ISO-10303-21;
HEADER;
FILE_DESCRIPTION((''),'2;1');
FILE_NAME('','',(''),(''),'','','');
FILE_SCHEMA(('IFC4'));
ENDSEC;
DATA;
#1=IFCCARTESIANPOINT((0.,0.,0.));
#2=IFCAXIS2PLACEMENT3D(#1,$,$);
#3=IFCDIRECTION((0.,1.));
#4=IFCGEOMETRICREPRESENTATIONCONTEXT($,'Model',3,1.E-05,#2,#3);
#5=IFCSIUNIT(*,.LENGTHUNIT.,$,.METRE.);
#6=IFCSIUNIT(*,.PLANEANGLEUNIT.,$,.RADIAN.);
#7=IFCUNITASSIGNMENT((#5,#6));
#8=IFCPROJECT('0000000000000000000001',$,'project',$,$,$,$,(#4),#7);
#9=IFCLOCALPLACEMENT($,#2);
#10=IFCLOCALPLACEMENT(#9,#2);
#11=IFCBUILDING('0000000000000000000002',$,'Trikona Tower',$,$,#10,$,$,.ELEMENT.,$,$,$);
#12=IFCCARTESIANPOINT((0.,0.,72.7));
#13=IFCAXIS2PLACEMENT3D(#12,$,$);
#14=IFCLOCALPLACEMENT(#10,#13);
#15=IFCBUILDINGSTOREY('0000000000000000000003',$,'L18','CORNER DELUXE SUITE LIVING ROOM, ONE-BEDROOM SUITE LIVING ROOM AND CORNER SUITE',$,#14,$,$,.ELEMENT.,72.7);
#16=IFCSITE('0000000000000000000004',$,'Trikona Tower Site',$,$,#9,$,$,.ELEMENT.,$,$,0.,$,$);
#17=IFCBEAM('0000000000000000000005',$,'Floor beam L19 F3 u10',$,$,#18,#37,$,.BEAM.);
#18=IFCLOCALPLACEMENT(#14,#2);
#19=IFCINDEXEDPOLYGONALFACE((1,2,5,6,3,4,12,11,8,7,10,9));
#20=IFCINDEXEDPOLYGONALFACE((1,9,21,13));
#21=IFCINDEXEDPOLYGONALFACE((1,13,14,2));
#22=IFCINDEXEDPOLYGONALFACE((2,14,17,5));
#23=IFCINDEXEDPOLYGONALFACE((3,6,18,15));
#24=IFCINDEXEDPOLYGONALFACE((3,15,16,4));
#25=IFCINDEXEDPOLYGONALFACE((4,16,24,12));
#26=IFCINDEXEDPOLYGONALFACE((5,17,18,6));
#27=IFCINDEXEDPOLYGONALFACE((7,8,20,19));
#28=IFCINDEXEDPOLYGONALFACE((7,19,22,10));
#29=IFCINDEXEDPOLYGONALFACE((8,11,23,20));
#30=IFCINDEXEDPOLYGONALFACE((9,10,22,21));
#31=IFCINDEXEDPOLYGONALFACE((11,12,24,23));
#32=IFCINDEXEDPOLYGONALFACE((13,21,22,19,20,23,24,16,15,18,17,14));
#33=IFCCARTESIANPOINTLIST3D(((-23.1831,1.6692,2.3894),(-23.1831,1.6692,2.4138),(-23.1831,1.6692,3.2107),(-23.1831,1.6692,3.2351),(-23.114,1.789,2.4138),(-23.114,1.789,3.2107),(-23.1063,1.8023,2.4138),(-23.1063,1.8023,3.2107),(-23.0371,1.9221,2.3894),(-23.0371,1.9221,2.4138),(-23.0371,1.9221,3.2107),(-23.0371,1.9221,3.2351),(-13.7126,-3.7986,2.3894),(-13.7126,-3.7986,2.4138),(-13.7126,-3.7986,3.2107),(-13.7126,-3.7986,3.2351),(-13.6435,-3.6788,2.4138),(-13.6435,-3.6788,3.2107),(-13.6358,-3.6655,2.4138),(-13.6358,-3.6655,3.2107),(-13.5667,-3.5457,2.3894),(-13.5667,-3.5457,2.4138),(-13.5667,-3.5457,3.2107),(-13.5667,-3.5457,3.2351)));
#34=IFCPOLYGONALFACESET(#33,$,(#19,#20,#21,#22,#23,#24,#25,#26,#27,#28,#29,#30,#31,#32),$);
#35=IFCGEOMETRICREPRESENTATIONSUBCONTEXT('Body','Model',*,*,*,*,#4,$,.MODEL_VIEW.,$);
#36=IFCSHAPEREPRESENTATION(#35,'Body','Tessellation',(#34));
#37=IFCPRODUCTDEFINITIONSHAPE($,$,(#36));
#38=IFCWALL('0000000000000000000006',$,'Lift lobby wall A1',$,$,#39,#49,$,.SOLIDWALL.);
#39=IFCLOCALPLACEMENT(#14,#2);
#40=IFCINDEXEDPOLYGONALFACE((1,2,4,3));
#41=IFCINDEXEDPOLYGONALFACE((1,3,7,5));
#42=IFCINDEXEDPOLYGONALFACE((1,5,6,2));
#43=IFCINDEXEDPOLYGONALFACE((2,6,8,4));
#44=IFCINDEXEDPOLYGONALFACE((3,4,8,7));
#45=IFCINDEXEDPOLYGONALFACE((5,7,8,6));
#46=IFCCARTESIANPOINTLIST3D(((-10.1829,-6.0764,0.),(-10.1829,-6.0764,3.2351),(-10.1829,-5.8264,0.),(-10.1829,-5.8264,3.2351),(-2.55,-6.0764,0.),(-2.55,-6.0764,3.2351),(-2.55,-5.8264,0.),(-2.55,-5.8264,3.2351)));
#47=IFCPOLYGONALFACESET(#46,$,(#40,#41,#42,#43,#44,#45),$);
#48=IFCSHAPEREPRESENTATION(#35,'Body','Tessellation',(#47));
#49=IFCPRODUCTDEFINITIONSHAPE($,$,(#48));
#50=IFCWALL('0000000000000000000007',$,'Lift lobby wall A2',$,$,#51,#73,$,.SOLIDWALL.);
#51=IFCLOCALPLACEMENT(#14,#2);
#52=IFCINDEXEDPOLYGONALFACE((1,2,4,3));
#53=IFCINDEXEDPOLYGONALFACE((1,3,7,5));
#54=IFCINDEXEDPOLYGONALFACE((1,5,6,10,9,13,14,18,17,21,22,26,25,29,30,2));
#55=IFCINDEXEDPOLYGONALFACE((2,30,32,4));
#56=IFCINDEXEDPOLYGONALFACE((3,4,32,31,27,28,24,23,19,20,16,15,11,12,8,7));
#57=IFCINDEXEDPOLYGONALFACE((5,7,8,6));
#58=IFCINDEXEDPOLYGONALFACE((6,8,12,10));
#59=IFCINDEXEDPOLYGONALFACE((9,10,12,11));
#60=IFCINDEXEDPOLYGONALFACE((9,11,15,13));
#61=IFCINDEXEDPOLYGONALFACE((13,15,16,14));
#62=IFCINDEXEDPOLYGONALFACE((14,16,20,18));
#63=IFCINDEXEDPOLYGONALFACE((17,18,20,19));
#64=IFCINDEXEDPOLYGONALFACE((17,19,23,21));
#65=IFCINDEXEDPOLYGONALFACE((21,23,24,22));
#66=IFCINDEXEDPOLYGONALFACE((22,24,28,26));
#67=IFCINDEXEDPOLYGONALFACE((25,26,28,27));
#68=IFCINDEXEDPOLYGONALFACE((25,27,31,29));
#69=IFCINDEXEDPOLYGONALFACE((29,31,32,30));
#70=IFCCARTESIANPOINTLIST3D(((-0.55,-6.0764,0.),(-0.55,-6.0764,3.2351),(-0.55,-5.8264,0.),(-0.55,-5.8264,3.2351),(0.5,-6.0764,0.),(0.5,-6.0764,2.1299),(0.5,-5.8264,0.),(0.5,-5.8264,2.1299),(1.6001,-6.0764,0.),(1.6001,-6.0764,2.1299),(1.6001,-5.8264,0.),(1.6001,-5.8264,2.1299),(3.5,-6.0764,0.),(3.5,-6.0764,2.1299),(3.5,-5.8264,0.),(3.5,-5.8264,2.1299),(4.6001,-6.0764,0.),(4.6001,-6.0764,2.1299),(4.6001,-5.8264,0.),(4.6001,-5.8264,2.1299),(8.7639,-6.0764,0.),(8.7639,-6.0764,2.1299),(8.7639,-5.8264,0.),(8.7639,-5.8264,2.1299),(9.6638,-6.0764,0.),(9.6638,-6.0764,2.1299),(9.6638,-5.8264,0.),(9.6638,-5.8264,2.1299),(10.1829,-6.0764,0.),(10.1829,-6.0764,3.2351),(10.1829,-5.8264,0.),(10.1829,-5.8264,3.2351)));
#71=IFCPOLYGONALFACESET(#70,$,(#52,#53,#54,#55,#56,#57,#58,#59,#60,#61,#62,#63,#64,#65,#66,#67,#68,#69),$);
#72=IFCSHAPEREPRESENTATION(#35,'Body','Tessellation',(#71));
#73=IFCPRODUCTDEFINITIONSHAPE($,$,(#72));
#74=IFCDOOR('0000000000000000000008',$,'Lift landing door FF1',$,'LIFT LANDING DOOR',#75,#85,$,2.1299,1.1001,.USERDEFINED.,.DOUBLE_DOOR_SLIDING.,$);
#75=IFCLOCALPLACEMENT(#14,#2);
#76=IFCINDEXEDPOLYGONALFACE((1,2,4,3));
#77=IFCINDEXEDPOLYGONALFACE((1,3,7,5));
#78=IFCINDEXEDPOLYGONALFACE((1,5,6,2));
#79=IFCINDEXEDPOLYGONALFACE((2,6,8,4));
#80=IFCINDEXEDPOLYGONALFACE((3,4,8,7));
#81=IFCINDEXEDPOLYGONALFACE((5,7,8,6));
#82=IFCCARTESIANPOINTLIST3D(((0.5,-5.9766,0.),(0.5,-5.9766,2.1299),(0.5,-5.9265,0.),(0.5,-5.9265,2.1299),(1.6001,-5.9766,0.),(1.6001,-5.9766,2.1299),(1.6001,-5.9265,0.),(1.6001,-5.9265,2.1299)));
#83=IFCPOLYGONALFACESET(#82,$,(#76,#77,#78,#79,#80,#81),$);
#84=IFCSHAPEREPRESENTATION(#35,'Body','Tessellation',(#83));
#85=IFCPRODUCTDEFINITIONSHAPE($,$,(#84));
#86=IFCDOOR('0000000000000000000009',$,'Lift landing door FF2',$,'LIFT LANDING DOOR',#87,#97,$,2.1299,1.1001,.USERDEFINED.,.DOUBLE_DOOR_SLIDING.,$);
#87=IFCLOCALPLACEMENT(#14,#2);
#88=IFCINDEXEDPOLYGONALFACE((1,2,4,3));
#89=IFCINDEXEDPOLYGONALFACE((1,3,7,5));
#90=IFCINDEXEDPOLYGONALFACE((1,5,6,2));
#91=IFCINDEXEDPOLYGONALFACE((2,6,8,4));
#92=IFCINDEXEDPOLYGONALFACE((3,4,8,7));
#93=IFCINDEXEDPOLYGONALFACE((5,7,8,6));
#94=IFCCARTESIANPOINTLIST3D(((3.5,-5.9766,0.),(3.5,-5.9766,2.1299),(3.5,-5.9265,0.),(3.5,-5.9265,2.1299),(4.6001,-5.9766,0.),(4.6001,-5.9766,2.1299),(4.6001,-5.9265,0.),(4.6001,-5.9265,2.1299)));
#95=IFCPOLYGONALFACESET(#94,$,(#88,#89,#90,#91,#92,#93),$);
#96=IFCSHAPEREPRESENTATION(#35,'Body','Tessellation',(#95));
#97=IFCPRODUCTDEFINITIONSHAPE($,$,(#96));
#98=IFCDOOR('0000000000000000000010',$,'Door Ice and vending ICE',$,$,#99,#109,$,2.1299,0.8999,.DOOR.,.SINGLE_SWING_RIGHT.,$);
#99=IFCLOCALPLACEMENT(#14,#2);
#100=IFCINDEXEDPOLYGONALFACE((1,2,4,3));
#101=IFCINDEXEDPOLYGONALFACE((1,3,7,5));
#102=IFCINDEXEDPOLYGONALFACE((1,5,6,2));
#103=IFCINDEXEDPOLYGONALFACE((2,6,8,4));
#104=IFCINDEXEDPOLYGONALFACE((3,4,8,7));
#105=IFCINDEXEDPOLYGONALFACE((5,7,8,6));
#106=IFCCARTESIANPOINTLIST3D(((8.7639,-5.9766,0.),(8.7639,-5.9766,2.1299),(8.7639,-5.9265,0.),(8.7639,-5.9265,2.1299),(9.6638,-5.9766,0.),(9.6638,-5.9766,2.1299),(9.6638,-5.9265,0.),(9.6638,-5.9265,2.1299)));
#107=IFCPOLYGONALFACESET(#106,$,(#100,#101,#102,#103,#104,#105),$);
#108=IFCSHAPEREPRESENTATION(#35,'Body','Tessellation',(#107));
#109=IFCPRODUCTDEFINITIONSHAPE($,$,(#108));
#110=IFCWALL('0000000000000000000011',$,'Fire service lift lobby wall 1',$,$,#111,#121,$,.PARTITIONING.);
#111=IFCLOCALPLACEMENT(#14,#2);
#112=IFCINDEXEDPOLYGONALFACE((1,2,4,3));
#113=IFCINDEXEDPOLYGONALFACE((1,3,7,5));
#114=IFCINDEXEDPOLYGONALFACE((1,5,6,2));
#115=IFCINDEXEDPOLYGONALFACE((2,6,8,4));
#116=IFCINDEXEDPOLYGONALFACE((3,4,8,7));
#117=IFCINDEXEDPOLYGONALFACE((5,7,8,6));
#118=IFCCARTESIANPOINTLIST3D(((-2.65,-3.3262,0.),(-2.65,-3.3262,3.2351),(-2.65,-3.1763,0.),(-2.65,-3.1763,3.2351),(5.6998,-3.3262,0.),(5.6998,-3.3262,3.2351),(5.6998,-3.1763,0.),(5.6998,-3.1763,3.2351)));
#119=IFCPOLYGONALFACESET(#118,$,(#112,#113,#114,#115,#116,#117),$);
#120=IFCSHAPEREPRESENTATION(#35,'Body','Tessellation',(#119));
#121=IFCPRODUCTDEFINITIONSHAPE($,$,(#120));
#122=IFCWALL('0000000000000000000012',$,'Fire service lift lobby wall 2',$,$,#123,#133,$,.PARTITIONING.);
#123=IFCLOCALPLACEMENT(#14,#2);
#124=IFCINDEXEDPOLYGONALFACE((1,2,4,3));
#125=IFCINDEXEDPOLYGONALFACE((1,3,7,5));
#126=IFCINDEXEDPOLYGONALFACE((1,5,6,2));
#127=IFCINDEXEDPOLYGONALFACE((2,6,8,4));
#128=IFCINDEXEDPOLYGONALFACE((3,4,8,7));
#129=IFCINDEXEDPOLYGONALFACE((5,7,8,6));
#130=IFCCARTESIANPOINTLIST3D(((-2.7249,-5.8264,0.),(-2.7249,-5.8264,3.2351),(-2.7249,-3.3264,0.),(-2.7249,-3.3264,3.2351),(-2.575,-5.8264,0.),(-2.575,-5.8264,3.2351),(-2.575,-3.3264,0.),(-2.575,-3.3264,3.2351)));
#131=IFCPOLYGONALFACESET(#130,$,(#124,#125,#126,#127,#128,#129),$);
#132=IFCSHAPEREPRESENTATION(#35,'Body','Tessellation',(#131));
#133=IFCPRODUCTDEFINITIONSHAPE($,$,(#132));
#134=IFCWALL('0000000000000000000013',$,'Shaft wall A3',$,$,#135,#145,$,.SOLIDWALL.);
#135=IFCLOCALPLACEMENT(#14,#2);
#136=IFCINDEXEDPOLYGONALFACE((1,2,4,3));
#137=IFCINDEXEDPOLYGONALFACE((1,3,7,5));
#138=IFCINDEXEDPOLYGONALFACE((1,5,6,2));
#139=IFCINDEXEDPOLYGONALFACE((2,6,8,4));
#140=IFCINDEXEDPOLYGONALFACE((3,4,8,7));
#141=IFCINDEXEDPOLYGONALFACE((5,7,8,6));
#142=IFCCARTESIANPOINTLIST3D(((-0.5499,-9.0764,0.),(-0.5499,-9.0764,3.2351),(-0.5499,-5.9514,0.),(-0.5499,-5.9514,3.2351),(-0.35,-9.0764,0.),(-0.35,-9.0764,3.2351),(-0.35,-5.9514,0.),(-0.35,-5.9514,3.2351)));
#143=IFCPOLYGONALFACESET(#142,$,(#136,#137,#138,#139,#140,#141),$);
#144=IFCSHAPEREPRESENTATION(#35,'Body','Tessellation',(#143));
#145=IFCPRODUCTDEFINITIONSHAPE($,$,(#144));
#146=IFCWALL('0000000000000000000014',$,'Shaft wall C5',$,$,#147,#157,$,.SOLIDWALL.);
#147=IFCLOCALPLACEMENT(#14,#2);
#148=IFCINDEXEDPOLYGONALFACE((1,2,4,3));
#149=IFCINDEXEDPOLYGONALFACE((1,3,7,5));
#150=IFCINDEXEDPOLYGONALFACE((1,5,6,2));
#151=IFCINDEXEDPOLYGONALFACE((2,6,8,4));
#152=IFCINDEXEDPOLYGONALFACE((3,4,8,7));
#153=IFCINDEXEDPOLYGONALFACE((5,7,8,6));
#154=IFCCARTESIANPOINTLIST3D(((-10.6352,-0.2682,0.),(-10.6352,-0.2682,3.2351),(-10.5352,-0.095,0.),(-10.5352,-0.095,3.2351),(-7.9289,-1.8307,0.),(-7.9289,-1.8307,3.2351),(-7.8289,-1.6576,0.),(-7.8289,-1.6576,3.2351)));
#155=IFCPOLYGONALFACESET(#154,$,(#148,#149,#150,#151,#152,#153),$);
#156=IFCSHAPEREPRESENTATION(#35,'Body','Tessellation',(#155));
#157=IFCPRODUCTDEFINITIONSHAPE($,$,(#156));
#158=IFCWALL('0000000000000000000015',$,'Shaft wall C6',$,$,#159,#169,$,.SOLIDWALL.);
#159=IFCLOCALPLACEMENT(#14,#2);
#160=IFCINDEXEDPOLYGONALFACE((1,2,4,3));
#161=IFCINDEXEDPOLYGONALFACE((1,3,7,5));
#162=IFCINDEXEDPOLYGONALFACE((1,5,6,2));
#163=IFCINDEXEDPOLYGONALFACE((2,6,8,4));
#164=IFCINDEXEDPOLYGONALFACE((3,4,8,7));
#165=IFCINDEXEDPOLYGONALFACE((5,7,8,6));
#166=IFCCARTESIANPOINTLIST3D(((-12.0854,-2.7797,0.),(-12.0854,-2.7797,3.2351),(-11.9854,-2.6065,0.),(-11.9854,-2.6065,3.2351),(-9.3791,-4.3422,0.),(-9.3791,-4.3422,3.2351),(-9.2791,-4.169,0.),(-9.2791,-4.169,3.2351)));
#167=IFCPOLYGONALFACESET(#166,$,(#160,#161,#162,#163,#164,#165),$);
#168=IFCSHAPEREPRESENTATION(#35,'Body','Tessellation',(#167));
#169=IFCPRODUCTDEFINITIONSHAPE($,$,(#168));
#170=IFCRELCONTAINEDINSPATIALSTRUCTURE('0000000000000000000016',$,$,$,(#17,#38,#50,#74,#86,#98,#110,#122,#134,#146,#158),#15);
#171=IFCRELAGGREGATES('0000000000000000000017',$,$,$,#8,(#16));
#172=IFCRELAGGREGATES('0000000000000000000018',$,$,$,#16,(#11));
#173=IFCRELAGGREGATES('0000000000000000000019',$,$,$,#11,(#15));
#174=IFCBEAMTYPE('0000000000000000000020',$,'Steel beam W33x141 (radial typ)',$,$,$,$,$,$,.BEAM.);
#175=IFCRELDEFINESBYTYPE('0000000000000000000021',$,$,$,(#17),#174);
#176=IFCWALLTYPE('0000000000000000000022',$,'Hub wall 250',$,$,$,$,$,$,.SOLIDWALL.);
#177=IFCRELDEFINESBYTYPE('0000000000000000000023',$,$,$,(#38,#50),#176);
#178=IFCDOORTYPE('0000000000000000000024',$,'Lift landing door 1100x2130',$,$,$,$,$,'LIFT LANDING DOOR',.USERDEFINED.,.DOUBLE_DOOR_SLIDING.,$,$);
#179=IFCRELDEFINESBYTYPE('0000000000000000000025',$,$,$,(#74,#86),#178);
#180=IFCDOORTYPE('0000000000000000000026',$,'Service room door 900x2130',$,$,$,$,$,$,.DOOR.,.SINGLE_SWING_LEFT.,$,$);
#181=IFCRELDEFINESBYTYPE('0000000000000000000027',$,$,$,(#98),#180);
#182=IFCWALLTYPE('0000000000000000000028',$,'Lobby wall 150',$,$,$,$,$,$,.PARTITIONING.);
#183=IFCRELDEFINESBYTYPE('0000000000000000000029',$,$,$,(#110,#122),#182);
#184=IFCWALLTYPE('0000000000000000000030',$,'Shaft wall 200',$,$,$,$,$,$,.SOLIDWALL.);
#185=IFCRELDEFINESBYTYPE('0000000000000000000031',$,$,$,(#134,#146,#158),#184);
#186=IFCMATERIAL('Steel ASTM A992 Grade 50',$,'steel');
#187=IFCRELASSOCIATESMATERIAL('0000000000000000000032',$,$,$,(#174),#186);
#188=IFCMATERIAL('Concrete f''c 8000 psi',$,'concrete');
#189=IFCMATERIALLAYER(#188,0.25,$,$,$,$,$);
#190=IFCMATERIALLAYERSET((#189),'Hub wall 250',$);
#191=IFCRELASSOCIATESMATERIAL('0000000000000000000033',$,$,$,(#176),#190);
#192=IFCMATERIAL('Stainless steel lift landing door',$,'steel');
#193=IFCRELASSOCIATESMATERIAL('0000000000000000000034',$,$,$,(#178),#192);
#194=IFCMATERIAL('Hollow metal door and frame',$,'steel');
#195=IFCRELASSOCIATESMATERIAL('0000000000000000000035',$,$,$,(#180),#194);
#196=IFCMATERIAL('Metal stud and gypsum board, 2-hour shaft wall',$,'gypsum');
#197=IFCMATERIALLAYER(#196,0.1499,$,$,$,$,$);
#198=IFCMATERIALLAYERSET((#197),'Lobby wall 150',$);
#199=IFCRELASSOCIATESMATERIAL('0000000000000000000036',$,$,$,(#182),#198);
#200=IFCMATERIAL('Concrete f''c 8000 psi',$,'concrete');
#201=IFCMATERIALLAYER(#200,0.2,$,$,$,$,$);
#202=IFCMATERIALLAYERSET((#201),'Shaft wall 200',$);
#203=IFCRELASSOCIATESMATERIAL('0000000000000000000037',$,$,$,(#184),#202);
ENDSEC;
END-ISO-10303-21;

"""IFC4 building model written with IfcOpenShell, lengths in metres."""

from ifc_helpers import new_model, si_unit, direction, frame, frame_2d, origin, origin_2d, place, context, subcontext, project, spatial, rectangle, i_section, extrude, material, layer, layer_set, material_profile, profile_set, type_object, element, fill, save


model = new_model("IFC4")

# Units and contexts
model_context = context("Model", 3, precision=1e-05, world=origin(), true_north=direction((0.0, 1.0)))
body_context = subcontext(model_context, "Body", "Model", "MODEL_VIEW")
ifc_project = project(units=[si_unit("LENGTHUNIT", "METRE"), si_unit("PLANEANGLEUNIT", "RADIAN")], contexts=[model_context])

# Site, building, storey
site_placement = place(None, origin())
site = spatial("IfcSite", under=ifc_project, at=site_placement, Name="Trikona Tower Site", CompositionType="ELEMENT", RefElevation=0.0)
building_placement = place(site_placement, origin())
building = spatial("IfcBuilding", under=site, at=building_placement, Name="Trikona Tower", CompositionType="ELEMENT")
storey_placement = place(building_placement, frame((0.0, 0.0, 72.7)))
storey = spatial("IfcBuildingStorey", under=building, at=storey_placement, Name="L18", Description="CORNER DELUXE SUITE LIVING ROOM, ONE-BEDROOM SUITE LIVING ROOM AND CORNER SUITE", CompositionType="ELEMENT", Elevation=72.7)

# Beam
ifc_material_1 = material(Name="Steel ASTM A992 Grade 50", Category="steel")
ifc_material_profile = material_profile(ifc_material_1, i_section(OverallWidth=0.292, OverallDepth=0.8457, WebThickness=0.0154, FlangeThickness=0.0244, at=origin_2d()), Name="W33X141")
ifc_profile_set = profile_set([ifc_material_profile], Name="Steel ASTM A992 Grade 50")
beam_type = type_object("IfcBeamType", Name="Steel beam W33x141 (radial typ)", PredefinedType="BEAM", material=ifc_profile_set)
beam_placement = place(storey_placement, frame((-13.6396, -3.6721, 2.8123), z_axis=(-0.866025, 0.5, 0.0), x_axis=(-0.5, -0.866025, 0.0)))
element("IfcBeam", 1, at=beam_placement, inside=storey, type_object=beam_type, Name="Floor beam L19 F3 u10", PredefinedType="BEAM", context=body_context, shape_type="SweptSolid", body=[
    extrude(i_section(OverallWidth=0.292, OverallDepth=0.8457, WebThickness=0.0154, FlangeThickness=0.0244, at=origin_2d()), origin(), (0.0, 0.0, 1.0), 10.9355),
])

# Wall
ifc_material_2 = material(Name="Concrete f'c 8000 psi", Category="concrete")
ifc_layer_1 = layer(ifc_material_2, 0.25)
ifc_layer_set_1 = layer_set([ifc_layer_1], Name="Hub wall 250")
wall_type_1 = type_object("IfcWallType", Name="Hub wall 250", PredefinedType="SOLIDWALL", material=ifc_layer_set_1)
wall_1_placement = place(storey_placement, frame((-10.1829, -5.9514, 0.0), z_axis=(0.0, 0.0, 1.0), x_axis=(1.0, 0.0, 0.0)))
element("IfcWall", 2, at=wall_1_placement, inside=storey, type_object=wall_type_1, Name="Lift lobby wall A1", PredefinedType="SOLIDWALL", context=body_context, shape_type="SweptSolid", body=[
    extrude(rectangle(XDim=7.6328, YDim=0.25, at=frame_2d((3.8164, 0.0))), origin(), (0.0, 0.0, 1.0), 3.2351),
])

# Wall, openings, doors
wall_2_placement = place(storey_placement, frame((-0.55, -5.9514, 0.0), z_axis=(0.0, 0.0, 1.0), x_axis=(1.0, 0.0, 0.0)))
wall_2 = element("IfcWall", 3, at=wall_2_placement, inside=storey, type_object=wall_type_1, Name="Lift lobby wall A2", PredefinedType="SOLIDWALL", context=body_context, shape_type="SweptSolid", body=[
    extrude(rectangle(XDim=10.7329, YDim=0.25, at=frame_2d((5.3665, 0.0))), origin(), (0.0, 0.0, 1.0), 3.2351),
])
opening_1_placement = place(wall_2_placement, frame((9.314, 0.0, 0.0)))
opening_1 = element("IfcOpeningElement", 4, at=opening_1_placement, cuts=wall_2, PredefinedType="OPENING", context=body_context, shape_type="SweptSolid", body=[
    extrude(rectangle(XDim=0.8999, YDim=2.1299, at=frame_2d((0.45, 1.0649))), frame((0.0, 0.135, 0.0), z_axis=(0.0, -1.0, 0.0), x_axis=(1.0, 0.0, 0.0)), (0.0, 0.0, 1.0), 0.27),
])
opening_2_placement = place(wall_2_placement, frame((1.05, 0.0, 0.0)))
opening_2 = element("IfcOpeningElement", 5, at=opening_2_placement, cuts=wall_2, PredefinedType="OPENING", context=body_context, shape_type="SweptSolid", body=[
    extrude(rectangle(XDim=1.1001, YDim=2.1299, at=frame_2d((0.55, 1.0649))), frame((0.0, 0.135, 0.0), z_axis=(0.0, -1.0, 0.0), x_axis=(1.0, 0.0, 0.0)), (0.0, 0.0, 1.0), 0.27),
])
opening_3_placement = place(wall_2_placement, frame((4.05, 0.0, 0.0)))
opening_3 = element("IfcOpeningElement", 6, at=opening_3_placement, cuts=wall_2, PredefinedType="OPENING", context=body_context, shape_type="SweptSolid", body=[
    extrude(rectangle(XDim=1.1001, YDim=2.1299, at=frame_2d((0.55, 1.0649))), frame((0.0, 0.135, 0.0), z_axis=(0.0, -1.0, 0.0), x_axis=(1.0, 0.0, 0.0)), (0.0, 0.0, 1.0), 0.27),
])
ifc_material_3 = material(Name="Stainless steel lift landing door", Category="steel")
door_type_1 = type_object("IfcDoorType", Name="Lift landing door 1100x2130", ElementType="LIFT LANDING DOOR", OperationType="DOUBLE_DOOR_SLIDING", PredefinedType="USERDEFINED", material=ifc_material_3)
door_1_placement = place(opening_2_placement, origin())
door_1 = element("IfcDoor", 7, at=door_1_placement, inside=storey, type_object=door_type_1, Name="Lift landing door FF1", ObjectType="LIFT LANDING DOOR", OperationType="DOUBLE_DOOR_SLIDING", OverallHeight=2.1299, OverallWidth=1.1001, PredefinedType="USERDEFINED", context=body_context, shape_type="SweptSolid", body=[
    extrude(rectangle(XDim=1.1001, YDim=2.1299, at=frame_2d((0.55, 1.0649))), frame((0.0, 0.0249, 0.0), z_axis=(0.0, -1.0, 0.0), x_axis=(1.0, 0.0, 0.0)), (0.0, 0.0, 1.0), 0.05),
])
fill(opening_2, door_1)
door_2_placement = place(opening_3_placement, origin())
door_2 = element("IfcDoor", 8, at=door_2_placement, inside=storey, type_object=door_type_1, Name="Lift landing door FF2", ObjectType="LIFT LANDING DOOR", OperationType="DOUBLE_DOOR_SLIDING", OverallHeight=2.1299, OverallWidth=1.1001, PredefinedType="USERDEFINED", context=body_context, shape_type="SweptSolid", body=[
    extrude(rectangle(XDim=1.1001, YDim=2.1299, at=frame_2d((0.55, 1.0649))), frame((0.0, 0.0249, 0.0), z_axis=(0.0, -1.0, 0.0), x_axis=(1.0, 0.0, 0.0)), (0.0, 0.0, 1.0), 0.05),
])
fill(opening_3, door_2)
ifc_material_4 = material(Name="Hollow metal door and frame", Category="steel")
door_type_2 = type_object("IfcDoorType", Name="Service room door 900x2130", OperationType="SINGLE_SWING_LEFT", PredefinedType="DOOR", material=ifc_material_4)
door_3_placement = place(opening_1_placement, origin())
door_3 = element("IfcDoor", 9, at=door_3_placement, inside=storey, type_object=door_type_2, Name="Door Ice and vending ICE", OperationType="SINGLE_SWING_RIGHT", OverallHeight=2.1299, OverallWidth=0.8999, PredefinedType="DOOR", context=body_context, shape_type="SweptSolid", body=[
    extrude(rectangle(XDim=0.8999, YDim=2.1299, at=frame_2d((0.45, 1.0649))), frame((0.0, 0.0249, 0.0), z_axis=(0.0, -1.0, 0.0), x_axis=(1.0, 0.0, 0.0)), (0.0, 0.0, 1.0), 0.05),
])
fill(opening_1, door_3)

# Walls
ifc_material_5 = material(Name="Metal stud and gypsum board, 2-hour shaft wall", Category="gypsum")
ifc_layer_2 = layer(ifc_material_5, 0.1499)
ifc_layer_set_2 = layer_set([ifc_layer_2], Name="Lobby wall 150")
wall_type_2 = type_object("IfcWallType", Name="Lobby wall 150", PredefinedType="PARTITIONING", material=ifc_layer_set_2)
wall_3_placement = place(storey_placement, frame((-2.6499, -3.2512, 0.0), z_axis=(0.0, 0.0, 1.0), x_axis=(1.0, 0.0, 0.0)))
element("IfcWall", 10, at=wall_3_placement, inside=storey, type_object=wall_type_2, Name="Fire service lift lobby wall 1", PredefinedType="PARTITIONING", context=body_context, shape_type="SweptSolid", body=[
    extrude(rectangle(XDim=8.3499, YDim=0.1499, at=frame_2d((4.1748, 0.0))), origin(), (0.0, 0.0, 1.0), 3.2351),
])
wall_4_placement = place(storey_placement, frame((-2.6499, -5.8264, 0.0), z_axis=(0.0, 0.0, 1.0), x_axis=(0.0, 1.0, 0.0)))
element("IfcWall", 11, at=wall_4_placement, inside=storey, type_object=wall_type_2, Name="Fire service lift lobby wall 2", PredefinedType="PARTITIONING", context=body_context, shape_type="SweptSolid", body=[
    extrude(rectangle(XDim=2.5, YDim=0.1499, at=frame_2d((1.25, 0.0))), origin(), (0.0, 0.0, 1.0), 3.2351),
])
ifc_material_6 = material(Name="Concrete f'c 8000 psi", Category="concrete")
ifc_layer_3 = layer(ifc_material_6, 0.2)
ifc_layer_set_3 = layer_set([ifc_layer_3], Name="Shaft wall 200")
wall_type_3 = type_object("IfcWallType", Name="Shaft wall 200", PredefinedType="SOLIDWALL", material=ifc_layer_set_3)
for number, where, z_axis, x_axis, name in (
    (12, (-0.45, -5.9514, 0.0), (0.0, 0.0, 1.0), (0.0, -1.0, 0.0), "Shaft wall A3"),
    (13, (-7.8789, -1.7441, 0.0), (0.0, 0.0, 1.0), (-0.866023, 0.500004, 0.0), "Shaft wall C5"),
    (14, (-9.3291, -4.2556, 0.0), (0.0, 0.0, 1.0), (-0.866023, 0.500004, 0.0), "Shaft wall C6"),
):
    element("IfcWall", number, at=place(storey_placement, frame(where, z_axis=z_axis, x_axis=x_axis)), inside=storey, type_object=wall_type_3, Name=name, PredefinedType="SOLIDWALL", context=body_context, shape_type="SweptSolid", body=[
        extrude(rectangle(XDim=3.125, YDim=0.2, at=frame_2d((1.5625, 0.0))), origin(), (0.0, 0.0, 1.0), 3.2351),
    ])

save(model, "model.ifc")
